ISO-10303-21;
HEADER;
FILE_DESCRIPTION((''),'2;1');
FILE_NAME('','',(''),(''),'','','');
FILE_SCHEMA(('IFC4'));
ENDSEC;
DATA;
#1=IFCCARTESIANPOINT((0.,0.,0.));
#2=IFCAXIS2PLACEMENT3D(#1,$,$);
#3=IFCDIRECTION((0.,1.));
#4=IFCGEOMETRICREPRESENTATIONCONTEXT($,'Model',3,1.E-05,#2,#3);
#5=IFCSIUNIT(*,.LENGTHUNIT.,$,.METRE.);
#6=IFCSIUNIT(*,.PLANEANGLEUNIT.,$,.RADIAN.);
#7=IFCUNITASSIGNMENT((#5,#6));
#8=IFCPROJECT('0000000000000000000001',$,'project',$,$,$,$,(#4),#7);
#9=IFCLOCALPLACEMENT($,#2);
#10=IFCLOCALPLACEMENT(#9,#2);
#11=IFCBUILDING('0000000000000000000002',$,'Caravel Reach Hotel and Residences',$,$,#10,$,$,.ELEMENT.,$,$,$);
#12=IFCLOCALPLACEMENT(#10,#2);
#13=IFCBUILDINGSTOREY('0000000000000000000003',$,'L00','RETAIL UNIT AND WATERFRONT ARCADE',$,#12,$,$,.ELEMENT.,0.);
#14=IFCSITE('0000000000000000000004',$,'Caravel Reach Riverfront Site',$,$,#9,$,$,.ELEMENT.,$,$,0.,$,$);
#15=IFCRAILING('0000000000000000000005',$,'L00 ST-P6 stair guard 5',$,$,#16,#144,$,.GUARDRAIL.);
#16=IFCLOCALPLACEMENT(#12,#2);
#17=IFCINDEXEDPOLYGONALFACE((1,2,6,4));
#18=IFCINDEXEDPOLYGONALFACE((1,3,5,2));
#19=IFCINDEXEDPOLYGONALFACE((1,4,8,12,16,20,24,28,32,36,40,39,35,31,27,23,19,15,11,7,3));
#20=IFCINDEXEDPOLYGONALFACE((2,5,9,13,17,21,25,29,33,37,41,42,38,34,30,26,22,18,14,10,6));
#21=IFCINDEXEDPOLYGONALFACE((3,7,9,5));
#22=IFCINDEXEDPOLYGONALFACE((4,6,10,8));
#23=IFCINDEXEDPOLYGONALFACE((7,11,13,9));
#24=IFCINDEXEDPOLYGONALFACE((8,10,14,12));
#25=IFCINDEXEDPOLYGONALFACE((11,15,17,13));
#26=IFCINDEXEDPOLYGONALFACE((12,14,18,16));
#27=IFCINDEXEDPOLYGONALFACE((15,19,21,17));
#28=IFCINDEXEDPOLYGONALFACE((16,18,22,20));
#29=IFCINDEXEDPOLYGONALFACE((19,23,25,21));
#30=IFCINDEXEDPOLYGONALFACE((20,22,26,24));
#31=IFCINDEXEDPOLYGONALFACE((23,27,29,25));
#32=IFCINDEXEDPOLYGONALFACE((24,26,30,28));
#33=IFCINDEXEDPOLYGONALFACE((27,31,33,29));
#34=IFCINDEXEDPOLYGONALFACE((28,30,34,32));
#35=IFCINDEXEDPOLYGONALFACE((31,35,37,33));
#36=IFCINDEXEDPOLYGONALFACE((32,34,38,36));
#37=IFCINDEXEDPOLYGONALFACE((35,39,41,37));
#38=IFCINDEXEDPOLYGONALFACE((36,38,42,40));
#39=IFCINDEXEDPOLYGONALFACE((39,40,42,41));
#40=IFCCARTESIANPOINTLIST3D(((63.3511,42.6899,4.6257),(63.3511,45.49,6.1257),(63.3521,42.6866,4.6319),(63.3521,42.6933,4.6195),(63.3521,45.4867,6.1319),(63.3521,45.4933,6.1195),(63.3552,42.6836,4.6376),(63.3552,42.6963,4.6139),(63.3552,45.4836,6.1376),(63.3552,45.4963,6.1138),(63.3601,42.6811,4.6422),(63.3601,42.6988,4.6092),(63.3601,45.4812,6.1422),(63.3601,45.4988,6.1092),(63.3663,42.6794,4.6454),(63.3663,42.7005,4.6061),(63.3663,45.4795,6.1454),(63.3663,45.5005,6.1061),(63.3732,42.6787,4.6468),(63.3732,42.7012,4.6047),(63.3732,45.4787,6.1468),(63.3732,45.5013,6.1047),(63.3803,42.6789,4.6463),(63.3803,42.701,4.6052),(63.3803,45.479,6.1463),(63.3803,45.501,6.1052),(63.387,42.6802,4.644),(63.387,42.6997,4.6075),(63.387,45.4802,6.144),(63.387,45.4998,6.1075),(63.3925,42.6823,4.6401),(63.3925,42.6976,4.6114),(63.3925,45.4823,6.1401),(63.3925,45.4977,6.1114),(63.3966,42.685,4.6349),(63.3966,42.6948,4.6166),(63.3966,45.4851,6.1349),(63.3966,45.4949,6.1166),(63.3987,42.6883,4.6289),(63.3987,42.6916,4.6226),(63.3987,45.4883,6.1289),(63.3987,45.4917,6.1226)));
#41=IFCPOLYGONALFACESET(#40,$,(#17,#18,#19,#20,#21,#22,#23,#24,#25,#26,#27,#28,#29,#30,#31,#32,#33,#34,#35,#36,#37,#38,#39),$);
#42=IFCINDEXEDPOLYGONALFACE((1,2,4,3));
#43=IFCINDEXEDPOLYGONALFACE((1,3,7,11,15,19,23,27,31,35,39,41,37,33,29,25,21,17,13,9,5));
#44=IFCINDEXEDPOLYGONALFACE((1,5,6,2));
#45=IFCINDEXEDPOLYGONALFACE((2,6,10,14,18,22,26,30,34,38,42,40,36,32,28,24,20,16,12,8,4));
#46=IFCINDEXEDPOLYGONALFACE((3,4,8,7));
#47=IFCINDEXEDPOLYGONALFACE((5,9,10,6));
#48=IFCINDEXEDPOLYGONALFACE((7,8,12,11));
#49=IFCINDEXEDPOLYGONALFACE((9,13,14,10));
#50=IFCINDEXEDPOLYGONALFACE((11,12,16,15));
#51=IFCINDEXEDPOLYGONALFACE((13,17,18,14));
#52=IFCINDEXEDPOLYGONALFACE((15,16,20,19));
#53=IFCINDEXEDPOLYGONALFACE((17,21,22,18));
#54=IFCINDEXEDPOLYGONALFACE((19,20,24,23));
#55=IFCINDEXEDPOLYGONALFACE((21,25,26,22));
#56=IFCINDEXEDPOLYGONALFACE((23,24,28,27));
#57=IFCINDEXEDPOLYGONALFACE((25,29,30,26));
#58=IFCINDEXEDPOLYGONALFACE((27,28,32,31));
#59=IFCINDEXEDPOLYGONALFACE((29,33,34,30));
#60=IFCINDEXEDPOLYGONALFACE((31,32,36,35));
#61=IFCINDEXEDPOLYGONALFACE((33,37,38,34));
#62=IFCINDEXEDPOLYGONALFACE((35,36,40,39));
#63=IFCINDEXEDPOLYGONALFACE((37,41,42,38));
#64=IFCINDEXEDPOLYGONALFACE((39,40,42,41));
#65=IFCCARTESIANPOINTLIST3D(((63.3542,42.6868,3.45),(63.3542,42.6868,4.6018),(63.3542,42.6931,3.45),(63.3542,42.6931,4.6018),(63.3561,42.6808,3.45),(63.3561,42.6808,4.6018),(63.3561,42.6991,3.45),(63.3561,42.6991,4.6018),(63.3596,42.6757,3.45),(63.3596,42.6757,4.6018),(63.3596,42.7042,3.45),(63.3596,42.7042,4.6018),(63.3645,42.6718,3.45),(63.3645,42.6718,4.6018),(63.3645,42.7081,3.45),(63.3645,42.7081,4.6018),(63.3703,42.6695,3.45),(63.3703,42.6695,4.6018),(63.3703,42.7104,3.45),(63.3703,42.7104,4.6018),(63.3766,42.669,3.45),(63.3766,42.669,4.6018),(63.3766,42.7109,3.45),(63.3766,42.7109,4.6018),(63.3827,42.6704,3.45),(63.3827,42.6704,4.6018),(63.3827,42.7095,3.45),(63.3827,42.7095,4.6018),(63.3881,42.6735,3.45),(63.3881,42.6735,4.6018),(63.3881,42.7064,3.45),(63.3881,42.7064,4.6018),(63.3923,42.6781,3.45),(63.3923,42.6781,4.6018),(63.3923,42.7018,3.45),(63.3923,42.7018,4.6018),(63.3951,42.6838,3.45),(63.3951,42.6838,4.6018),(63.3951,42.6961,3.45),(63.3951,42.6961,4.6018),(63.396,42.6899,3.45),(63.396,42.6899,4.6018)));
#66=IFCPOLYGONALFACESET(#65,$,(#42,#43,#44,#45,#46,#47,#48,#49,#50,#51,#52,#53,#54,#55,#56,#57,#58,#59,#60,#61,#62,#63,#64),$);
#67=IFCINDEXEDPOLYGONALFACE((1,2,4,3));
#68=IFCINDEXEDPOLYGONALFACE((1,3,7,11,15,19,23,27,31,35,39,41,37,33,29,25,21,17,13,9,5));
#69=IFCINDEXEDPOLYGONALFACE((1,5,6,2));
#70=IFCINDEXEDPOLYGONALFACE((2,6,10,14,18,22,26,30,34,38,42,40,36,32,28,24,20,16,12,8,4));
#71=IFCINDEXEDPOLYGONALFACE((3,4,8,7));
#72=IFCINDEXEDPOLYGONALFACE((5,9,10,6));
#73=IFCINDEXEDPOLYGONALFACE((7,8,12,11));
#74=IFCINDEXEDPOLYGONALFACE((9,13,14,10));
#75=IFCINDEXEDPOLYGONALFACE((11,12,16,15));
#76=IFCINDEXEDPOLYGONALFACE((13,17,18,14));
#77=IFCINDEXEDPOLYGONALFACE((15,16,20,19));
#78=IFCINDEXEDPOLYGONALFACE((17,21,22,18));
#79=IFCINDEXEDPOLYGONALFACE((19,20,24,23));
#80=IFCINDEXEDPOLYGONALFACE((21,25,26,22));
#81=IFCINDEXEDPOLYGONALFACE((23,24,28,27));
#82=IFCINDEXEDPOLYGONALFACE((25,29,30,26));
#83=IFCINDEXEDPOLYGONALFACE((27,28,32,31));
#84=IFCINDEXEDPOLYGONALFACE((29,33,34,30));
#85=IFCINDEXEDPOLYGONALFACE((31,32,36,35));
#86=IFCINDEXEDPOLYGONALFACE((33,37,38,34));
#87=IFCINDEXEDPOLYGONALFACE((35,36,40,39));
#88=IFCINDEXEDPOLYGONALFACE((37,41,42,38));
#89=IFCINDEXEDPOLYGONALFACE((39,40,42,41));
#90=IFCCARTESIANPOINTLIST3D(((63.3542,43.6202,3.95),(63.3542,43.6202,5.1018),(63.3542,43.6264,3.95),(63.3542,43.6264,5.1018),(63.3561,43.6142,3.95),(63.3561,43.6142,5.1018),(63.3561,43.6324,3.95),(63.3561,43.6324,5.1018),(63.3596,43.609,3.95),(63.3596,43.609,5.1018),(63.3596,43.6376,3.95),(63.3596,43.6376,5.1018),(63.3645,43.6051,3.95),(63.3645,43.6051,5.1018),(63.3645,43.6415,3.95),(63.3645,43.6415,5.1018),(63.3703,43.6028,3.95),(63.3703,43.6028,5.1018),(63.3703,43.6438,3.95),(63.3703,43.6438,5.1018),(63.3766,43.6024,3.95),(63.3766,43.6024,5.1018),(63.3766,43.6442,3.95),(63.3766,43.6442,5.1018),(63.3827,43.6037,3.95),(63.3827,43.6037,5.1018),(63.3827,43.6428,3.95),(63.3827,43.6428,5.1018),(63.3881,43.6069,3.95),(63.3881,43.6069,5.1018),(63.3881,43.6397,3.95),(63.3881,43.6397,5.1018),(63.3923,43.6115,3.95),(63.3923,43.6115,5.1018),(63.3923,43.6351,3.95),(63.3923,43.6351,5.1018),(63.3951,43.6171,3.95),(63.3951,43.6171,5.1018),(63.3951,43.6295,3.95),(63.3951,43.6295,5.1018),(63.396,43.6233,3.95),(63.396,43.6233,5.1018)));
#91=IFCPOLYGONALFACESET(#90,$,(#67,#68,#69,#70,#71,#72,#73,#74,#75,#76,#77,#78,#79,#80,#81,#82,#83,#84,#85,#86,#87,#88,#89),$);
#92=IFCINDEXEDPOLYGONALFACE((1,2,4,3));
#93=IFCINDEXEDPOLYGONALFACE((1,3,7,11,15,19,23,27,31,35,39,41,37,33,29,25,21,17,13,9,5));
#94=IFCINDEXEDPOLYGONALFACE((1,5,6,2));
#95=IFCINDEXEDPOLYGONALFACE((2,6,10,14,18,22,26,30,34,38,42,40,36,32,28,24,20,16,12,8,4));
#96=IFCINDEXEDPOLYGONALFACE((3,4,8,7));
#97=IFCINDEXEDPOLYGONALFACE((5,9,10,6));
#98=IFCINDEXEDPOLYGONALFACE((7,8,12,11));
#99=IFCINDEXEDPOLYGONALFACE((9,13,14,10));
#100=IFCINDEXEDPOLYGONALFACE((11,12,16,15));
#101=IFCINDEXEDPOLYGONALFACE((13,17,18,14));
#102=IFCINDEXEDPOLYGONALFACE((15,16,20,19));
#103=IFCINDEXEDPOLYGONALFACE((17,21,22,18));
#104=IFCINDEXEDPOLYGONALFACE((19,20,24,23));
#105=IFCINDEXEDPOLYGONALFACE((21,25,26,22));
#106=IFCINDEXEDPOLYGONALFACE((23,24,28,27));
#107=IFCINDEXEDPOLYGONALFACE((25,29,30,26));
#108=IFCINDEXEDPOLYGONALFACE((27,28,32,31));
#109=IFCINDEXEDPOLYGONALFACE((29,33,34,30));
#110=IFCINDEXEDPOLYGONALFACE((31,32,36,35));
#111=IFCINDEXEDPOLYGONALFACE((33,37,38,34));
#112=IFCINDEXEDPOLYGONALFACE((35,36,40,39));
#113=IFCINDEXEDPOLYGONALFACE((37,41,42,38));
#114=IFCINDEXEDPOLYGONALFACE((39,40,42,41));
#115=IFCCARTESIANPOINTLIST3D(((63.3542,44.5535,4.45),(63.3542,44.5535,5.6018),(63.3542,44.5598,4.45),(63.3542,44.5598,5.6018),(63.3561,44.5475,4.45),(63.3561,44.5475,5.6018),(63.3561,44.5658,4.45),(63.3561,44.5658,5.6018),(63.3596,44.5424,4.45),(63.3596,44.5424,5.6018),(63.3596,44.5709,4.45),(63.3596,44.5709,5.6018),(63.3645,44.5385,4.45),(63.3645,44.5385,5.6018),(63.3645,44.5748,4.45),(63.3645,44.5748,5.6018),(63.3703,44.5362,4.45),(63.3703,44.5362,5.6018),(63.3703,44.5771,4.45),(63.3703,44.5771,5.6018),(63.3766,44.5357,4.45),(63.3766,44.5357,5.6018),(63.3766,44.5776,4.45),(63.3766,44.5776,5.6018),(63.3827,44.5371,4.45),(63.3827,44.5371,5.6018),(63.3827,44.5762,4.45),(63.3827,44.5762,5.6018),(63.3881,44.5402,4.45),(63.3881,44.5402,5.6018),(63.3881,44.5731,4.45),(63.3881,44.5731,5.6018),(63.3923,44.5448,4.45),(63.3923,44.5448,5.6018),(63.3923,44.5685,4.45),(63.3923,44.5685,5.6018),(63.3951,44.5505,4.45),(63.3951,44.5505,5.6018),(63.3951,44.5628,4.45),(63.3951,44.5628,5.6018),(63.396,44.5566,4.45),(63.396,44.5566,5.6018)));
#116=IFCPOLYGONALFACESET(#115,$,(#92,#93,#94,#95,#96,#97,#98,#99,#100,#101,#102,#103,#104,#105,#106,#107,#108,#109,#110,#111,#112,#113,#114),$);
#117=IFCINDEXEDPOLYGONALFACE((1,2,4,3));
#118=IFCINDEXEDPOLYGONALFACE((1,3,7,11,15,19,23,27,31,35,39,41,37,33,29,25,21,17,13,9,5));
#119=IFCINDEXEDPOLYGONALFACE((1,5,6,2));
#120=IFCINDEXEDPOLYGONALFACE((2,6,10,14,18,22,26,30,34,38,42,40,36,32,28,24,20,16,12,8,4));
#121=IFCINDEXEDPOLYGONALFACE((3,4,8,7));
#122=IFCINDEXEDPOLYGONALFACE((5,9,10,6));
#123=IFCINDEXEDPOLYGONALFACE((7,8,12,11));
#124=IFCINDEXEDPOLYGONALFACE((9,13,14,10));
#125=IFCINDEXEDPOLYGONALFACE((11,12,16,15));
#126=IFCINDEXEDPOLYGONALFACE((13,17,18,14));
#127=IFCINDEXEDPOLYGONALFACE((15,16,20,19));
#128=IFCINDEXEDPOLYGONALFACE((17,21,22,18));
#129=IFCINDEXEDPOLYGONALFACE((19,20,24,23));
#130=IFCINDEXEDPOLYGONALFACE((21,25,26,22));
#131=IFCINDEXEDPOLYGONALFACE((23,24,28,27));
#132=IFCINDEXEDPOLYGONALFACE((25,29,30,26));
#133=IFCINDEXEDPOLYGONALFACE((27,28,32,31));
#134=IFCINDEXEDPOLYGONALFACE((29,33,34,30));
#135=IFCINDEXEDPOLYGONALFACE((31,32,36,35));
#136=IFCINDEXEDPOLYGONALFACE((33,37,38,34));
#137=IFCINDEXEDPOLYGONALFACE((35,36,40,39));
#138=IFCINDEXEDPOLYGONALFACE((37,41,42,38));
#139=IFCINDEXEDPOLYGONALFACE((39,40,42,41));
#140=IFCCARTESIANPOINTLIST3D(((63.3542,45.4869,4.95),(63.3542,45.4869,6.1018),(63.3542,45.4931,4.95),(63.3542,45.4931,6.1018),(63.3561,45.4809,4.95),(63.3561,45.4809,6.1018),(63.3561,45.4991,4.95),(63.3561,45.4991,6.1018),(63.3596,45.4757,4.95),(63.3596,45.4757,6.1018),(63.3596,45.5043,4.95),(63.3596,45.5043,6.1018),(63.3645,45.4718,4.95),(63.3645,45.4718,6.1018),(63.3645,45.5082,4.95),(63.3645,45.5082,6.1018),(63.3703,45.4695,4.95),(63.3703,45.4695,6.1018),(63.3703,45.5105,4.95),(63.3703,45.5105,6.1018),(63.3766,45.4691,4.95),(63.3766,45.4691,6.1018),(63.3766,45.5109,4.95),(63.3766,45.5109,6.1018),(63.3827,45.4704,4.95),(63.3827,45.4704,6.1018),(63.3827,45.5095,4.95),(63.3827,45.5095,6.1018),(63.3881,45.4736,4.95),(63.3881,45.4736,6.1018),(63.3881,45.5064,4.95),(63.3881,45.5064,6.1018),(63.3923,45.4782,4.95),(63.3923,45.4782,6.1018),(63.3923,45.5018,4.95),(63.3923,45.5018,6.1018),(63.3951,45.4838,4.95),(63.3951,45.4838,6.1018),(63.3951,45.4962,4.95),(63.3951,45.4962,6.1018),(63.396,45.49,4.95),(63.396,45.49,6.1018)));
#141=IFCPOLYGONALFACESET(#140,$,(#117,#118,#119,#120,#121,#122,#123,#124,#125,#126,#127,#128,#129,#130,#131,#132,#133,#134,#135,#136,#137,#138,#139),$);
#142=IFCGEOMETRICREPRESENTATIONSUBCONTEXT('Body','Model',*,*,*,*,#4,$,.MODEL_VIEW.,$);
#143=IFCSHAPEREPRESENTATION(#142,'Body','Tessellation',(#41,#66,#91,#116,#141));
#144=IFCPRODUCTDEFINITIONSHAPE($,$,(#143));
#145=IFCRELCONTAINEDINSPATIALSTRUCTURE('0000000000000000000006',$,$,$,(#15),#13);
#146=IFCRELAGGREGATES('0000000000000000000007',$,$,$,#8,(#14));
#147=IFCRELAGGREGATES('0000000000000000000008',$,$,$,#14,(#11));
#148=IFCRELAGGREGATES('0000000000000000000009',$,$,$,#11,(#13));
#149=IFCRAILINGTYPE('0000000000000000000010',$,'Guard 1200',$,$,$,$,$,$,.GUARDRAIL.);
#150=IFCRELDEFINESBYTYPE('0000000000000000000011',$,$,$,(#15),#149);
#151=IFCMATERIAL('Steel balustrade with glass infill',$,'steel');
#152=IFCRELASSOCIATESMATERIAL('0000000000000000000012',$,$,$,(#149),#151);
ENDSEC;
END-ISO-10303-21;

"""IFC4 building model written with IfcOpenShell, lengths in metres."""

from ifc_helpers import new_model, si_unit, direction, frame, origin, origin_2d, place, context, subcontext, project, spatial, circle, extrude, material, type_object, element, save


model = new_model("IFC4")

# Units and contexts
model_context = context("Model", 3, precision=1e-05, world=origin(), true_north=direction((0.0, 1.0)))
body_context = subcontext(model_context, "Body", "Model", "MODEL_VIEW")
ifc_project = project(units=[si_unit("LENGTHUNIT", "METRE"), si_unit("PLANEANGLEUNIT", "RADIAN")], contexts=[model_context])

# Site, building, storey
site_placement = place(None, origin())
site = spatial("IfcSite", under=ifc_project, at=site_placement, Name="Caravel Reach Riverfront Site", CompositionType="ELEMENT", RefElevation=0.0)
building_placement = place(site_placement, origin())
building = spatial("IfcBuilding", under=site, at=building_placement, Name="Caravel Reach Hotel and Residences", CompositionType="ELEMENT")
storey_placement = place(building_placement, origin())
storey = spatial("IfcBuildingStorey", under=building, at=storey_placement, Name="L00", Description="RETAIL UNIT AND WATERFRONT ARCADE", CompositionType="ELEMENT", Elevation=0.0)

# Railing
ifc_material_1 = material(Name="Steel balustrade with glass infill", Category="steel")
railing_type_1 = type_object("IfcRailingType", Name="Guard 1200", PredefinedType="GUARDRAIL", material=ifc_material_1)
railing_1_placement = place(storey_placement, frame((63.375, 42.6899, 3.45)))
element("IfcRailing", 1, at=railing_1_placement, inside=storey, type_object=railing_type_1, Name="L00 ST-P6 stair guard 5", PredefinedType="GUARDRAIL", context=body_context, shape_type="SweptSolid", body=[
    extrude(circle(Radius=0.0239, at=origin_2d()), frame((0.0, 0.0, 1.1758), z_axis=(0.0, 0.881483, 0.472215), x_axis=(-1.0, 0.0, 0.0)), (0.0, 0.0, 1.0), 3.1765),
    extrude(circle(Radius=0.021, at=origin_2d()), origin(), (0.0, 0.0, 1.0), 1.1519),
    extrude(circle(Radius=0.021, at=origin_2d()), frame((0.0, 0.9333, 0.5)), (0.0, 0.0, 1.0), 1.1519),
    extrude(circle(Radius=0.021, at=origin_2d()), frame((0.0, 1.8667, 1.0)), (0.0, 0.0, 1.0), 1.1519),
    extrude(circle(Radius=0.021, at=origin_2d()), frame((0.0, 2.8, 1.5)), (0.0, 0.0, 1.0), 1.1519),
])

save(model, "model.ifc")
